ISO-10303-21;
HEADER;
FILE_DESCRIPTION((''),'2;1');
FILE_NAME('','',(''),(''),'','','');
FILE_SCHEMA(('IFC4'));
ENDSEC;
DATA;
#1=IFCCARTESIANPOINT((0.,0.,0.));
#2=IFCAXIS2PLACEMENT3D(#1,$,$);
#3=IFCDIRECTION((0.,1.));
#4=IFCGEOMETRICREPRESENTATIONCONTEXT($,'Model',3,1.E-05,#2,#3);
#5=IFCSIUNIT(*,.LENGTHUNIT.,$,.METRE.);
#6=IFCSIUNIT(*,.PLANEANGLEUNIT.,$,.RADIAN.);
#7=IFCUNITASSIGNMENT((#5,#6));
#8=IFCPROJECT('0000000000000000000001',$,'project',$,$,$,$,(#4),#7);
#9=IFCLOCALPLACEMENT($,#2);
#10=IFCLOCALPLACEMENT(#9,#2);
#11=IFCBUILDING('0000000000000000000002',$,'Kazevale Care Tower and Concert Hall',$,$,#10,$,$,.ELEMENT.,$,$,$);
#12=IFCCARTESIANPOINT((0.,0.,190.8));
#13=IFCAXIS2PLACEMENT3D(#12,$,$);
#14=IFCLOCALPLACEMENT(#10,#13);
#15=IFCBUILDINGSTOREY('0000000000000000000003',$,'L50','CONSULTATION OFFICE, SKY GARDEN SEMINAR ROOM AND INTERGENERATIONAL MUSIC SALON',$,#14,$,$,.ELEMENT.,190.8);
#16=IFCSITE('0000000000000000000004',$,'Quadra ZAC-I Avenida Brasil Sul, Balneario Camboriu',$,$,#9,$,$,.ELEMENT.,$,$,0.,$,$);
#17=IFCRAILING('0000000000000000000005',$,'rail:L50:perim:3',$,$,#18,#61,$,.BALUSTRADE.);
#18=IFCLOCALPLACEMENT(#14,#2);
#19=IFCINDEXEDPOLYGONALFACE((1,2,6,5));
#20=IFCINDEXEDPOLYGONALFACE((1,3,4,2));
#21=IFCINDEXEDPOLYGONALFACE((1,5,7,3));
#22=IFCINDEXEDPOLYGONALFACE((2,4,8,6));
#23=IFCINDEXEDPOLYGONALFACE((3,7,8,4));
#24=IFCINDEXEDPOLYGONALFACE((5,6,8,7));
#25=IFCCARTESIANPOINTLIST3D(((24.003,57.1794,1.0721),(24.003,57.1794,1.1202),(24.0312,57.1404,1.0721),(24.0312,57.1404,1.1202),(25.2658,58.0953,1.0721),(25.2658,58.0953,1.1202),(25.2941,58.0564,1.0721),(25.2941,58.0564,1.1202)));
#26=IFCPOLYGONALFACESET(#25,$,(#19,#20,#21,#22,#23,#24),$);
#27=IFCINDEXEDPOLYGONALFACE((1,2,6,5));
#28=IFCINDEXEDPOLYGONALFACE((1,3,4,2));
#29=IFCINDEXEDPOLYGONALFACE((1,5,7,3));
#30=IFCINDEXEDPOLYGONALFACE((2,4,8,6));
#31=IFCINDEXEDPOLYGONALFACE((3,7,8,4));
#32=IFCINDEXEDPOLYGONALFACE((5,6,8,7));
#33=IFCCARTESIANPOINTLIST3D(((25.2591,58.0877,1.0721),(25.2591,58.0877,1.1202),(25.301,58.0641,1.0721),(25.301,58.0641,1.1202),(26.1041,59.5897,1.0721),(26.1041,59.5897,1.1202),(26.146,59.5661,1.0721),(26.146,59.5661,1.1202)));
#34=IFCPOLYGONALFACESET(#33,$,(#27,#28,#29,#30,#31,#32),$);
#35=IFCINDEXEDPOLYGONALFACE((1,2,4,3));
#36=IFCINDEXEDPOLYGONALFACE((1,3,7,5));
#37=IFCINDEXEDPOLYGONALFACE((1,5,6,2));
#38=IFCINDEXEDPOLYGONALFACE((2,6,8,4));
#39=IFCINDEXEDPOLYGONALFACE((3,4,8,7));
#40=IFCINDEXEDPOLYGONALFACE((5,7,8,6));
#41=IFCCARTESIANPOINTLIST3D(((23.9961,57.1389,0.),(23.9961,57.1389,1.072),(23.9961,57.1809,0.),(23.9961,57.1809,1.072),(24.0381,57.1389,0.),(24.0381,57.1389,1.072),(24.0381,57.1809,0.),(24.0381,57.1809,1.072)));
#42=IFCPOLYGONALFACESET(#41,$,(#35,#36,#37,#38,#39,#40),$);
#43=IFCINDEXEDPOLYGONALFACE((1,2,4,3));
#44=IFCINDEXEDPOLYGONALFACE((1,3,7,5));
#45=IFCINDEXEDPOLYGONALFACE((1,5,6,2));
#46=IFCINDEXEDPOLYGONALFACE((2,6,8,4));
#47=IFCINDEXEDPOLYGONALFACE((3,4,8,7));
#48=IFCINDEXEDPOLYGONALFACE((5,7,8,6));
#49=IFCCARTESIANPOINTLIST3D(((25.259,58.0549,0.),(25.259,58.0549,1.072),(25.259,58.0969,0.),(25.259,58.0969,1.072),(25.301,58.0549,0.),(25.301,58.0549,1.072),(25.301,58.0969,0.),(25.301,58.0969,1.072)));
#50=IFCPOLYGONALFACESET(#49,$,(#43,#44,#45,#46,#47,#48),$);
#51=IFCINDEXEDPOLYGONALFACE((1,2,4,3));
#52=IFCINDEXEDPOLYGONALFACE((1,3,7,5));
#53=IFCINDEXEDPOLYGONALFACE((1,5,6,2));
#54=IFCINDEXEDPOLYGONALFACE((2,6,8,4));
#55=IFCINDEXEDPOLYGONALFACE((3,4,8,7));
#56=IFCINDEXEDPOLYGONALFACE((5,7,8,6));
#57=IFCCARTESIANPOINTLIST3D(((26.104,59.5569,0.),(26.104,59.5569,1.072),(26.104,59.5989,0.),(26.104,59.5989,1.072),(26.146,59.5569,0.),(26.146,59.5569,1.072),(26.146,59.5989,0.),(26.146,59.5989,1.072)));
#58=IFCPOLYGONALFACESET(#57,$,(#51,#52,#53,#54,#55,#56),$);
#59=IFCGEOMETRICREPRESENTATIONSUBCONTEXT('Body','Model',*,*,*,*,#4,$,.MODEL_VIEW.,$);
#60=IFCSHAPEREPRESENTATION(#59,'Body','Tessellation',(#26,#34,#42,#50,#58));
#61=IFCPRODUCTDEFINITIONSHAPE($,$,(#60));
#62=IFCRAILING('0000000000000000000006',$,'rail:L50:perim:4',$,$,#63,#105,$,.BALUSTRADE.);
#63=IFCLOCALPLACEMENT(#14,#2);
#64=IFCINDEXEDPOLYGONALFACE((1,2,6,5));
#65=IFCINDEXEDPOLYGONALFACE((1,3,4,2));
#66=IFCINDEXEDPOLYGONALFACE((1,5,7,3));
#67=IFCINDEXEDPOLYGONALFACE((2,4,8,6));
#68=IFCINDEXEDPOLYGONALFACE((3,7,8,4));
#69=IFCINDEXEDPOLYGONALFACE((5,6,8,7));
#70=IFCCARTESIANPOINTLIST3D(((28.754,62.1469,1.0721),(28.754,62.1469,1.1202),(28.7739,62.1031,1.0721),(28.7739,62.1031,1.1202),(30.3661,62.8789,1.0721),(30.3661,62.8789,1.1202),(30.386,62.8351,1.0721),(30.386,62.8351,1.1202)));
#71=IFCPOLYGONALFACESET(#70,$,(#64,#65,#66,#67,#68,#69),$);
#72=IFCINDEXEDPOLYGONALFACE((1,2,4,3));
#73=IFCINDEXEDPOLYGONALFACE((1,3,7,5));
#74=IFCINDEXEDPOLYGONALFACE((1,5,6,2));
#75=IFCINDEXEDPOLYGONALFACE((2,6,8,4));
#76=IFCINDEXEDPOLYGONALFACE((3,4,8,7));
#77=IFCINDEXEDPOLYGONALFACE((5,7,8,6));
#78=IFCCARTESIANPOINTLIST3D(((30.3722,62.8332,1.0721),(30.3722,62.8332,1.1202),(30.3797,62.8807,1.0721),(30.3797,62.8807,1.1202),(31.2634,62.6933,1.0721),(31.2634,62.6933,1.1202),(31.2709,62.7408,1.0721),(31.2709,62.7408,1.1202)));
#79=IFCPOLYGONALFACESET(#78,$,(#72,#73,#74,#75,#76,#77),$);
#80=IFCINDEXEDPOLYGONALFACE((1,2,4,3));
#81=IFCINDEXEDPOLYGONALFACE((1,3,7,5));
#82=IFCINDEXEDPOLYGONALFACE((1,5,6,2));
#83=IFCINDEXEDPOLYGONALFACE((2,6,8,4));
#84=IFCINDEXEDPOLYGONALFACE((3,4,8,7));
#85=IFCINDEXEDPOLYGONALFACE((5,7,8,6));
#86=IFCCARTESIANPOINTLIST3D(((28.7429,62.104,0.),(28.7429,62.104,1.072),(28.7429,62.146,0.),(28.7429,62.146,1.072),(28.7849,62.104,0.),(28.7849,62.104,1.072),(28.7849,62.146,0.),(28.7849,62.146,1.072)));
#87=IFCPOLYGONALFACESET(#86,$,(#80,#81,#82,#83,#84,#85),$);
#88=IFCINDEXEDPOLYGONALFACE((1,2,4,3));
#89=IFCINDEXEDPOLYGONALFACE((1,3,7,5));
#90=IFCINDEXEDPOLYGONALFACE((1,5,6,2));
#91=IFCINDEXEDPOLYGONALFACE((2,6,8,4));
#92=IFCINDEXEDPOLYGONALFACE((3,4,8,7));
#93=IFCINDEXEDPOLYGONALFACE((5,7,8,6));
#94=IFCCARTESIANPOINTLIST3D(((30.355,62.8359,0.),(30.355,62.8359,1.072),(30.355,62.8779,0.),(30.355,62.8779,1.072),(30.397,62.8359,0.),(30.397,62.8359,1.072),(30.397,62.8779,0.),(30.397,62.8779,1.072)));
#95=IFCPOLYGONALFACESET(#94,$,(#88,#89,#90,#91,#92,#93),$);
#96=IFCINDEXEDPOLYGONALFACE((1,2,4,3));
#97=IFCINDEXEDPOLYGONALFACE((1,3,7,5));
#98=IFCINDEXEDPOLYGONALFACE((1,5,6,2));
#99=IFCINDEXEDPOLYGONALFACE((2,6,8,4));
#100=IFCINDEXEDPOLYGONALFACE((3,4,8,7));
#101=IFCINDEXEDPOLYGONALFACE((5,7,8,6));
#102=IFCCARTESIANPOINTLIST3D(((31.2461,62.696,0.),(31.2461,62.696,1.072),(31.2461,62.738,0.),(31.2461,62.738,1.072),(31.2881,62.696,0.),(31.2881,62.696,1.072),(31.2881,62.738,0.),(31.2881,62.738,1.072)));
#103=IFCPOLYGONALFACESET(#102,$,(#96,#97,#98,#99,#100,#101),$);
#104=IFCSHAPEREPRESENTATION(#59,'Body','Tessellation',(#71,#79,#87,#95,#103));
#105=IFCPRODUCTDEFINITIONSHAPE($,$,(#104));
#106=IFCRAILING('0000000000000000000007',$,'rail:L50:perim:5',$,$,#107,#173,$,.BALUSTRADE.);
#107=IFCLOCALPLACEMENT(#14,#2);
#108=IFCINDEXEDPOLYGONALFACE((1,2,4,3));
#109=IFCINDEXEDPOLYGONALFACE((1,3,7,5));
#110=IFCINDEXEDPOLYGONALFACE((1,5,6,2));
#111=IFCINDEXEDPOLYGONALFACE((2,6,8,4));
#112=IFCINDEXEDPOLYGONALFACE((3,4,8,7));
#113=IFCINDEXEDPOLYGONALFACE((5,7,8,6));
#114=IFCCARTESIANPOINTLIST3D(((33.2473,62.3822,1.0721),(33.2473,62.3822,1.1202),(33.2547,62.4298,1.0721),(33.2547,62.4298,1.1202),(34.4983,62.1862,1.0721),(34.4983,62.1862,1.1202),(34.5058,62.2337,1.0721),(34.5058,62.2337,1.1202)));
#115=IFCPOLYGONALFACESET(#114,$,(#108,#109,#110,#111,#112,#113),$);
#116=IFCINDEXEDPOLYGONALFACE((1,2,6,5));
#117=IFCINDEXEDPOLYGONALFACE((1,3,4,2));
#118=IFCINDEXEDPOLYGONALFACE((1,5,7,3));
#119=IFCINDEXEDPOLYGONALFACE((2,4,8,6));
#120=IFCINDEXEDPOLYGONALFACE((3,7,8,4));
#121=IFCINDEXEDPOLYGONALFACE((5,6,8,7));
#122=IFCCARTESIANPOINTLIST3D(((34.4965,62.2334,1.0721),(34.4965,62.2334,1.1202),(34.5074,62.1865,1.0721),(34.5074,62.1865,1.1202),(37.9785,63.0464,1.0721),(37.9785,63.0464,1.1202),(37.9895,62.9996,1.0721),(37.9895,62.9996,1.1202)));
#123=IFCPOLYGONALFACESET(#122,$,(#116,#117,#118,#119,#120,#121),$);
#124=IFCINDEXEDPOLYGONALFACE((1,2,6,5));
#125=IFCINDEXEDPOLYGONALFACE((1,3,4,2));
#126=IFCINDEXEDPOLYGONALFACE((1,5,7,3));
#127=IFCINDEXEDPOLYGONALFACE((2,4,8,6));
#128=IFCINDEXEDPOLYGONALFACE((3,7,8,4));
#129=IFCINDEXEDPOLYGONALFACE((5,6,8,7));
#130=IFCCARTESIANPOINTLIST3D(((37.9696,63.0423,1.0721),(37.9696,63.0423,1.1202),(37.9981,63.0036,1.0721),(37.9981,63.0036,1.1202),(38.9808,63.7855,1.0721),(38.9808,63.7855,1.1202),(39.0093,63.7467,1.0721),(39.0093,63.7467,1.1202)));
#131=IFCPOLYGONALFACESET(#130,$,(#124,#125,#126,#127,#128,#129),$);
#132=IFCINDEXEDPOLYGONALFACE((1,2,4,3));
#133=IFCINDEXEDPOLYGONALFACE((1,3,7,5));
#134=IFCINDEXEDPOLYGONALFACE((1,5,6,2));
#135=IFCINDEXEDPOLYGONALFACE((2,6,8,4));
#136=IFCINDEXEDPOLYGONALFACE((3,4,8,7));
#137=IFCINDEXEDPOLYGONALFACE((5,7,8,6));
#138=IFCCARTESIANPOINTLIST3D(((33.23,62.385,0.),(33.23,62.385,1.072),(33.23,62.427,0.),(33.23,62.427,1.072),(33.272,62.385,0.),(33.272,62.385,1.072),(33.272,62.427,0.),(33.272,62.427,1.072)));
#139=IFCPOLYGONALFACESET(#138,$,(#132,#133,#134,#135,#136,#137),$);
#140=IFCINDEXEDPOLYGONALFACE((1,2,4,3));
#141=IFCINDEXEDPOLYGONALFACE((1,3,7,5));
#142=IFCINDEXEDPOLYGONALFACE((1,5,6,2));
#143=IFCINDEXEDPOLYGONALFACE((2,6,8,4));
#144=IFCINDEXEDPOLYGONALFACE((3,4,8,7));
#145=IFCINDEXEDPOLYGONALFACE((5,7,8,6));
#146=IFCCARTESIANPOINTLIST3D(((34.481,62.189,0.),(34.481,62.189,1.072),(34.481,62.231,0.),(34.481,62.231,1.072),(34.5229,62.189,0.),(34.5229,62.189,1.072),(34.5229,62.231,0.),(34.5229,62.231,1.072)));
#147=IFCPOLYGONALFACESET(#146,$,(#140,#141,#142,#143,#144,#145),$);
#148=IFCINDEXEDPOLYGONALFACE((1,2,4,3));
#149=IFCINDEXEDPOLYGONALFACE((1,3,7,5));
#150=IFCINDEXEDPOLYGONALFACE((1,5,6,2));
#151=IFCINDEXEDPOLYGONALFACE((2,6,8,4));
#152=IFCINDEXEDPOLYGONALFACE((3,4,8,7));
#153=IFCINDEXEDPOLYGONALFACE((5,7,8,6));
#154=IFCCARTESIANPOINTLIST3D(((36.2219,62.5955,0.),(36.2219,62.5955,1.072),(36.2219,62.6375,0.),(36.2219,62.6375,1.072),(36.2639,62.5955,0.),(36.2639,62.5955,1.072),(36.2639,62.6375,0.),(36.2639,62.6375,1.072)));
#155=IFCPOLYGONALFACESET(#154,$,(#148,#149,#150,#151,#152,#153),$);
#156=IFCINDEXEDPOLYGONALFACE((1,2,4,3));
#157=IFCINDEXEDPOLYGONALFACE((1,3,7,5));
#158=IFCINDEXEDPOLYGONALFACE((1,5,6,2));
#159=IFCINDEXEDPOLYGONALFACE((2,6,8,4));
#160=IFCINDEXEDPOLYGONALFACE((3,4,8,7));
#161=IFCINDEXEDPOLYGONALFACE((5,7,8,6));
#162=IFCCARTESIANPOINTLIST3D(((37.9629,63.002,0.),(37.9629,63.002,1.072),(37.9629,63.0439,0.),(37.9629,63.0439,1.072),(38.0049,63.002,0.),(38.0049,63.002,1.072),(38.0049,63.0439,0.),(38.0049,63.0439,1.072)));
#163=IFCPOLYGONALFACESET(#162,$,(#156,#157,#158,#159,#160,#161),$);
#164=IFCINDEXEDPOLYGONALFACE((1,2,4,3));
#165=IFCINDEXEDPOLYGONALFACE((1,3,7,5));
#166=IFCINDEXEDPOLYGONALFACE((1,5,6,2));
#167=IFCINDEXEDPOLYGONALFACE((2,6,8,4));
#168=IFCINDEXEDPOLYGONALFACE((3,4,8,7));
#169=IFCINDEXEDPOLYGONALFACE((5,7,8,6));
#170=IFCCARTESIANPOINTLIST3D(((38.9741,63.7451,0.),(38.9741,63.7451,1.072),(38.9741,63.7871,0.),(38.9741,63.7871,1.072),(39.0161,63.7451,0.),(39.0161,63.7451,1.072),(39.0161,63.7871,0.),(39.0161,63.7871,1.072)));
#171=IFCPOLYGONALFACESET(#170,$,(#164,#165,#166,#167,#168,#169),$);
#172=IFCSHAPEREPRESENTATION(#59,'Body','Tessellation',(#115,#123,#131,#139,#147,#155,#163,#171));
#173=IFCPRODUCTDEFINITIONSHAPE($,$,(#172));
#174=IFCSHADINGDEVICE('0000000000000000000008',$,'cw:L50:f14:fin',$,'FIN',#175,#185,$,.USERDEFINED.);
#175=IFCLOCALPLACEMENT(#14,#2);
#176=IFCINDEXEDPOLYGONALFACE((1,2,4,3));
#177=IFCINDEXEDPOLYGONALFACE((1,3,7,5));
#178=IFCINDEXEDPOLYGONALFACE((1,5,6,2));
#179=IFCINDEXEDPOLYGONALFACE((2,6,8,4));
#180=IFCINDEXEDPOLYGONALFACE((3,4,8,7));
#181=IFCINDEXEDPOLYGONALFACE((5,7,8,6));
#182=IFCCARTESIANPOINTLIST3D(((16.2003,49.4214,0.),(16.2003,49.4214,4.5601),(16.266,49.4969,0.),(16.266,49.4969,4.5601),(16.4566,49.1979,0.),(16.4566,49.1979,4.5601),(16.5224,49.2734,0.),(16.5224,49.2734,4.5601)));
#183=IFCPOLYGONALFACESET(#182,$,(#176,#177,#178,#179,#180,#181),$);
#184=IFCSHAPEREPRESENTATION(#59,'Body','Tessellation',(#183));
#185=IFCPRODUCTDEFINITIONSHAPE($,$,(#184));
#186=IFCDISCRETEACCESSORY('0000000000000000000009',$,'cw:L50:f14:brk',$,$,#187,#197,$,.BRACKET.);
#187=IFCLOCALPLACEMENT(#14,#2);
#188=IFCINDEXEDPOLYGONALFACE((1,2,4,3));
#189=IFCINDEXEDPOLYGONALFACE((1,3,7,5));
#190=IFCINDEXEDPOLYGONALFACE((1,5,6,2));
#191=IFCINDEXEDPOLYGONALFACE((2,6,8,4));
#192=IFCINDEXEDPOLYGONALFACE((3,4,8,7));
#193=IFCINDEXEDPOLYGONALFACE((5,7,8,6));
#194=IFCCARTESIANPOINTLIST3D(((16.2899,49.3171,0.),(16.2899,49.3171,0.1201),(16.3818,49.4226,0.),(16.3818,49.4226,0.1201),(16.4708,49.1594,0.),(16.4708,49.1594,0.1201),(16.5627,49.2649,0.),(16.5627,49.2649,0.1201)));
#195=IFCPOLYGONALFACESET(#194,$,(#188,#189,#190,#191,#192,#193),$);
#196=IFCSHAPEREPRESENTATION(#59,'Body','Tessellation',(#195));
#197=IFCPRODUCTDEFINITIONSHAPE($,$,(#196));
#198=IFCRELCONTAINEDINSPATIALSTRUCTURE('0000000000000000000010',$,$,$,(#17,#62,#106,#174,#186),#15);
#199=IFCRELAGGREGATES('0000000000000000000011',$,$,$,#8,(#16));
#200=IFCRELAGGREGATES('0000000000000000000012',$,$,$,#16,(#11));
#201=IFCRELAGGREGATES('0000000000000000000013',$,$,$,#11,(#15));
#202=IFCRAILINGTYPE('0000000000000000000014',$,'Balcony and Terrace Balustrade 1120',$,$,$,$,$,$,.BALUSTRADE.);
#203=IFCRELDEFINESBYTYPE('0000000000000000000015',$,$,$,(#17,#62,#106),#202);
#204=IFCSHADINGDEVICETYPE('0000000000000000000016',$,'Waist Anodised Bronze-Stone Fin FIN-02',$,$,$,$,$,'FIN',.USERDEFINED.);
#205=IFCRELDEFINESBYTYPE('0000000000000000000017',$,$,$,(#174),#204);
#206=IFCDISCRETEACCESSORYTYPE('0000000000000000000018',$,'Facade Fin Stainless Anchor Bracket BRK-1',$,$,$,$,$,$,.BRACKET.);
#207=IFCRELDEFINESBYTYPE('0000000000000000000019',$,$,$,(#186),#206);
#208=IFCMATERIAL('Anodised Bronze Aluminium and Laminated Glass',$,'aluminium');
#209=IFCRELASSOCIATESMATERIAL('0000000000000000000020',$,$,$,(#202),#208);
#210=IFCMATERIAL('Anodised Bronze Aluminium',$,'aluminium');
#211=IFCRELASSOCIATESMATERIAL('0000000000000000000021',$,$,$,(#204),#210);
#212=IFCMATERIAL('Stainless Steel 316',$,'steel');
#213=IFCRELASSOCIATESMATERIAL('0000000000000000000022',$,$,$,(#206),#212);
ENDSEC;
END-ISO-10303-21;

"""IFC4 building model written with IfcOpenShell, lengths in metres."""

from ifc_helpers import new_model, si_unit, direction, frame, origin, origin_2d, place, context, subcontext, project, spatial, rectangle, extrude, material, type_object, element, save


model = new_model("IFC4")

# Units and contexts
model_context = context("Model", 3, precision=1e-05, world=origin(), true_north=direction((0.0, 1.0)))
body_context = subcontext(model_context, "Body", "Model", "MODEL_VIEW")
ifc_project = project(units=[si_unit("LENGTHUNIT", "METRE"), si_unit("PLANEANGLEUNIT", "RADIAN")], contexts=[model_context])

# Site, building, storey
site_placement = place(None, origin())
site = spatial("IfcSite", under=ifc_project, at=site_placement, Name="Quadra ZAC-I Avenida Brasil Sul, Balneario Camboriu", CompositionType="ELEMENT", RefElevation=0.0)
building_placement = place(site_placement, origin())
building = spatial("IfcBuilding", under=site, at=building_placement, Name="Kazevale Care Tower and Concert Hall", CompositionType="ELEMENT")
storey_placement = place(building_placement, frame((0.0, 0.0, 190.8)))
storey = spatial("IfcBuildingStorey", under=building, at=storey_placement, Name="L50", Description="CONSULTATION OFFICE, SKY GARDEN SEMINAR ROOM AND INTERGENERATIONAL MUSIC SALON", CompositionType="ELEMENT", Elevation=190.8)

# Railings
ifc_material_1 = material(Name="Anodised Bronze Aluminium and Laminated Glass", Category="aluminium")
railing_type = type_object("IfcRailingType", Name="Balcony and Terrace Balustrade 1120", PredefinedType="BALUSTRADE", material=ifc_material_1)
railing_1_placement = place(storey_placement, frame((24.0171, 57.1599, 0.0)))
element("IfcRailing", 1, at=railing_1_placement, inside=storey, type_object=railing_type, Name="rail:L50:perim:3", PredefinedType="BALUSTRADE", context=body_context, shape_type="SweptSolid", body=[
    extrude(rectangle(XDim=0.0481, YDim=0.0481, at=origin_2d()), frame((0.0, 0.0, 1.0962), z_axis=(0.809493, 0.587129, 0.0), x_axis=(-0.587129, 0.809493, 0.0)), (0.0, 0.0, 1.0), 1.5601),
    extrude(rectangle(XDim=0.0481, YDim=0.0481, at=origin_2d()), frame((1.2629, 0.916, 1.0962), z_axis=(0.490315, 0.871545, 0.0), x_axis=(-0.871545, 0.490315, 0.0)), (0.0, 0.0, 1.0), 1.7234),
    extrude(rectangle(XDim=0.042, YDim=0.042, at=origin_2d()), origin(), (0.0, 0.0, 1.0), 1.072),
    extrude(rectangle(XDim=0.042, YDim=0.042, at=origin_2d()), frame((1.2629, 0.916, 0.0)), (0.0, 0.0, 1.0), 1.072),
    extrude(rectangle(XDim=0.042, YDim=0.042, at=origin_2d()), frame((2.1079, 2.418, 0.0)), (0.0, 0.0, 1.0), 1.072),
])
railing_2_placement = place(storey_placement, frame((28.7639, 62.125, 0.0)))
element("IfcRailing", 2, at=railing_2_placement, inside=storey, type_object=railing_type, Name="rail:L50:perim:4", PredefinedType="BALUSTRADE", context=body_context, shape_type="SweptSolid", body=[
    extrude(rectangle(XDim=0.0481, YDim=0.0481, at=origin_2d()), frame((0.0, 0.0, 1.0962), z_axis=(0.910541, 0.413418, 0.0), x_axis=(-0.413418, 0.910541, 0.0)), (0.0, 0.0, 1.0), 1.7705),
    extrude(rectangle(XDim=0.0481, YDim=0.0481, at=origin_2d()), frame((1.6121, 0.7319, 1.0962), z_axis=(0.987901, -0.155087, 0.0), x_axis=(0.155087, 0.987901, 0.0)), (0.0, 0.0, 1.0), 0.9021),
    extrude(rectangle(XDim=0.042, YDim=0.042, at=origin_2d()), origin(), (0.0, 0.0, 1.0), 1.072),
    extrude(rectangle(XDim=0.042, YDim=0.042, at=origin_2d()), frame((1.6121, 0.7319, 0.0)), (0.0, 0.0, 1.0), 1.072),
    extrude(rectangle(XDim=0.042, YDim=0.042, at=origin_2d()), frame((2.5032, 0.592, 0.0)), (0.0, 0.0, 1.0), 1.072),
])
railing_3_placement = place(storey_placement, frame((33.251, 62.406, 0.0)))
element("IfcRailing", 3, at=railing_3_placement, inside=storey, type_object=railing_type, Name="rail:L50:perim:5", PredefinedType="BALUSTRADE", context=body_context, shape_type="SweptSolid", body=[
    extrude(rectangle(XDim=0.0481, YDim=0.0481, at=origin_2d()), frame((0.0, 0.0, 1.0962), z_axis=(0.987942, -0.154824, 0.0), x_axis=(0.154824, 0.987942, 0.0)), (0.0, 0.0, 1.0), 1.2664),
    extrude(rectangle(XDim=0.0481, YDim=0.0481, at=origin_2d()), frame((1.251, -0.196, 1.0962), z_axis=(0.973808, 0.227372, 0.0), x_axis=(-0.227372, 0.973808, 0.0)), (0.0, 0.0, 1.0), 3.5757),
    extrude(rectangle(XDim=0.0481, YDim=0.0481, at=origin_2d()), frame((4.7329, 0.6169, 1.0962), z_axis=(0.805798, 0.59219, 0.0), x_axis=(-0.59219, 0.805798, 0.0)), (0.0, 0.0, 1.0), 1.2549),
    extrude(rectangle(XDim=0.042, YDim=0.042, at=origin_2d()), origin(), (0.0, 0.0, 1.0), 1.072),
    extrude(rectangle(XDim=0.042, YDim=0.042, at=origin_2d()), frame((1.251, -0.196, 0.0)), (0.0, 0.0, 1.0), 1.072),
    extrude(rectangle(XDim=0.042, YDim=0.042, at=origin_2d()), frame((2.9919, 0.2104, 0.0)), (0.0, 0.0, 1.0), 1.072),
    extrude(rectangle(XDim=0.042, YDim=0.042, at=origin_2d()), frame((4.7329, 0.6169, 0.0)), (0.0, 0.0, 1.0), 1.072),
    extrude(rectangle(XDim=0.042, YDim=0.042, at=origin_2d()), frame((5.7441, 1.3601, 0.0)), (0.0, 0.0, 1.0), 1.072),
])

# Shading device
ifc_material_2 = material(Name="Anodised Bronze Aluminium", Category="aluminium")
shading_device_type = type_object("IfcShadingDeviceType", Name="Waist Anodised Bronze-Stone Fin FIN-02", ElementType="FIN", PredefinedType="USERDEFINED", material=ifc_material_2)
shading_device_placement = place(storey_placement, frame((16.3613, 49.3474, 0.0), z_axis=(0.0, 0.0, 1.0), x_axis=(-0.753793, 0.657112, 0.0)))
element("IfcShadingDevice", 4, at=shading_device_placement, inside=storey, type_object=shading_device_type, Name="cw:L50:f14:fin", ObjectType="FIN", PredefinedType="USERDEFINED", context=body_context, shape_type="SweptSolid", body=[
    extrude(rectangle(XDim=0.3401, YDim=0.1001, at=origin_2d()), origin(), (0.0, 0.0, 1.0), 4.5601),
])

# Discrete accessory
ifc_material_3 = material(Name="Stainless Steel 316", Category="steel")
discrete_accessory_type = type_object("IfcDiscreteAccessoryType", Name="Facade Fin Stainless Anchor Bracket BRK-1", PredefinedType="BRACKET", material=ifc_material_3)
discrete_accessory_placement = place(storey_placement, frame((16.4263, 49.291, 0.0), z_axis=(0.0, 0.0, 1.0), x_axis=(-0.753793, 0.657112, 0.0)))
element("IfcDiscreteAccessory", 5, at=discrete_accessory_placement, inside=storey, type_object=discrete_accessory_type, Name="cw:L50:f14:brk", PredefinedType="BRACKET", context=body_context, shape_type="SweptSolid", body=[
    extrude(rectangle(XDim=0.24, YDim=0.1399, at=origin_2d()), origin(), (0.0, 0.0, 1.0), 0.1201),
])

save(model, "model.ifc")
